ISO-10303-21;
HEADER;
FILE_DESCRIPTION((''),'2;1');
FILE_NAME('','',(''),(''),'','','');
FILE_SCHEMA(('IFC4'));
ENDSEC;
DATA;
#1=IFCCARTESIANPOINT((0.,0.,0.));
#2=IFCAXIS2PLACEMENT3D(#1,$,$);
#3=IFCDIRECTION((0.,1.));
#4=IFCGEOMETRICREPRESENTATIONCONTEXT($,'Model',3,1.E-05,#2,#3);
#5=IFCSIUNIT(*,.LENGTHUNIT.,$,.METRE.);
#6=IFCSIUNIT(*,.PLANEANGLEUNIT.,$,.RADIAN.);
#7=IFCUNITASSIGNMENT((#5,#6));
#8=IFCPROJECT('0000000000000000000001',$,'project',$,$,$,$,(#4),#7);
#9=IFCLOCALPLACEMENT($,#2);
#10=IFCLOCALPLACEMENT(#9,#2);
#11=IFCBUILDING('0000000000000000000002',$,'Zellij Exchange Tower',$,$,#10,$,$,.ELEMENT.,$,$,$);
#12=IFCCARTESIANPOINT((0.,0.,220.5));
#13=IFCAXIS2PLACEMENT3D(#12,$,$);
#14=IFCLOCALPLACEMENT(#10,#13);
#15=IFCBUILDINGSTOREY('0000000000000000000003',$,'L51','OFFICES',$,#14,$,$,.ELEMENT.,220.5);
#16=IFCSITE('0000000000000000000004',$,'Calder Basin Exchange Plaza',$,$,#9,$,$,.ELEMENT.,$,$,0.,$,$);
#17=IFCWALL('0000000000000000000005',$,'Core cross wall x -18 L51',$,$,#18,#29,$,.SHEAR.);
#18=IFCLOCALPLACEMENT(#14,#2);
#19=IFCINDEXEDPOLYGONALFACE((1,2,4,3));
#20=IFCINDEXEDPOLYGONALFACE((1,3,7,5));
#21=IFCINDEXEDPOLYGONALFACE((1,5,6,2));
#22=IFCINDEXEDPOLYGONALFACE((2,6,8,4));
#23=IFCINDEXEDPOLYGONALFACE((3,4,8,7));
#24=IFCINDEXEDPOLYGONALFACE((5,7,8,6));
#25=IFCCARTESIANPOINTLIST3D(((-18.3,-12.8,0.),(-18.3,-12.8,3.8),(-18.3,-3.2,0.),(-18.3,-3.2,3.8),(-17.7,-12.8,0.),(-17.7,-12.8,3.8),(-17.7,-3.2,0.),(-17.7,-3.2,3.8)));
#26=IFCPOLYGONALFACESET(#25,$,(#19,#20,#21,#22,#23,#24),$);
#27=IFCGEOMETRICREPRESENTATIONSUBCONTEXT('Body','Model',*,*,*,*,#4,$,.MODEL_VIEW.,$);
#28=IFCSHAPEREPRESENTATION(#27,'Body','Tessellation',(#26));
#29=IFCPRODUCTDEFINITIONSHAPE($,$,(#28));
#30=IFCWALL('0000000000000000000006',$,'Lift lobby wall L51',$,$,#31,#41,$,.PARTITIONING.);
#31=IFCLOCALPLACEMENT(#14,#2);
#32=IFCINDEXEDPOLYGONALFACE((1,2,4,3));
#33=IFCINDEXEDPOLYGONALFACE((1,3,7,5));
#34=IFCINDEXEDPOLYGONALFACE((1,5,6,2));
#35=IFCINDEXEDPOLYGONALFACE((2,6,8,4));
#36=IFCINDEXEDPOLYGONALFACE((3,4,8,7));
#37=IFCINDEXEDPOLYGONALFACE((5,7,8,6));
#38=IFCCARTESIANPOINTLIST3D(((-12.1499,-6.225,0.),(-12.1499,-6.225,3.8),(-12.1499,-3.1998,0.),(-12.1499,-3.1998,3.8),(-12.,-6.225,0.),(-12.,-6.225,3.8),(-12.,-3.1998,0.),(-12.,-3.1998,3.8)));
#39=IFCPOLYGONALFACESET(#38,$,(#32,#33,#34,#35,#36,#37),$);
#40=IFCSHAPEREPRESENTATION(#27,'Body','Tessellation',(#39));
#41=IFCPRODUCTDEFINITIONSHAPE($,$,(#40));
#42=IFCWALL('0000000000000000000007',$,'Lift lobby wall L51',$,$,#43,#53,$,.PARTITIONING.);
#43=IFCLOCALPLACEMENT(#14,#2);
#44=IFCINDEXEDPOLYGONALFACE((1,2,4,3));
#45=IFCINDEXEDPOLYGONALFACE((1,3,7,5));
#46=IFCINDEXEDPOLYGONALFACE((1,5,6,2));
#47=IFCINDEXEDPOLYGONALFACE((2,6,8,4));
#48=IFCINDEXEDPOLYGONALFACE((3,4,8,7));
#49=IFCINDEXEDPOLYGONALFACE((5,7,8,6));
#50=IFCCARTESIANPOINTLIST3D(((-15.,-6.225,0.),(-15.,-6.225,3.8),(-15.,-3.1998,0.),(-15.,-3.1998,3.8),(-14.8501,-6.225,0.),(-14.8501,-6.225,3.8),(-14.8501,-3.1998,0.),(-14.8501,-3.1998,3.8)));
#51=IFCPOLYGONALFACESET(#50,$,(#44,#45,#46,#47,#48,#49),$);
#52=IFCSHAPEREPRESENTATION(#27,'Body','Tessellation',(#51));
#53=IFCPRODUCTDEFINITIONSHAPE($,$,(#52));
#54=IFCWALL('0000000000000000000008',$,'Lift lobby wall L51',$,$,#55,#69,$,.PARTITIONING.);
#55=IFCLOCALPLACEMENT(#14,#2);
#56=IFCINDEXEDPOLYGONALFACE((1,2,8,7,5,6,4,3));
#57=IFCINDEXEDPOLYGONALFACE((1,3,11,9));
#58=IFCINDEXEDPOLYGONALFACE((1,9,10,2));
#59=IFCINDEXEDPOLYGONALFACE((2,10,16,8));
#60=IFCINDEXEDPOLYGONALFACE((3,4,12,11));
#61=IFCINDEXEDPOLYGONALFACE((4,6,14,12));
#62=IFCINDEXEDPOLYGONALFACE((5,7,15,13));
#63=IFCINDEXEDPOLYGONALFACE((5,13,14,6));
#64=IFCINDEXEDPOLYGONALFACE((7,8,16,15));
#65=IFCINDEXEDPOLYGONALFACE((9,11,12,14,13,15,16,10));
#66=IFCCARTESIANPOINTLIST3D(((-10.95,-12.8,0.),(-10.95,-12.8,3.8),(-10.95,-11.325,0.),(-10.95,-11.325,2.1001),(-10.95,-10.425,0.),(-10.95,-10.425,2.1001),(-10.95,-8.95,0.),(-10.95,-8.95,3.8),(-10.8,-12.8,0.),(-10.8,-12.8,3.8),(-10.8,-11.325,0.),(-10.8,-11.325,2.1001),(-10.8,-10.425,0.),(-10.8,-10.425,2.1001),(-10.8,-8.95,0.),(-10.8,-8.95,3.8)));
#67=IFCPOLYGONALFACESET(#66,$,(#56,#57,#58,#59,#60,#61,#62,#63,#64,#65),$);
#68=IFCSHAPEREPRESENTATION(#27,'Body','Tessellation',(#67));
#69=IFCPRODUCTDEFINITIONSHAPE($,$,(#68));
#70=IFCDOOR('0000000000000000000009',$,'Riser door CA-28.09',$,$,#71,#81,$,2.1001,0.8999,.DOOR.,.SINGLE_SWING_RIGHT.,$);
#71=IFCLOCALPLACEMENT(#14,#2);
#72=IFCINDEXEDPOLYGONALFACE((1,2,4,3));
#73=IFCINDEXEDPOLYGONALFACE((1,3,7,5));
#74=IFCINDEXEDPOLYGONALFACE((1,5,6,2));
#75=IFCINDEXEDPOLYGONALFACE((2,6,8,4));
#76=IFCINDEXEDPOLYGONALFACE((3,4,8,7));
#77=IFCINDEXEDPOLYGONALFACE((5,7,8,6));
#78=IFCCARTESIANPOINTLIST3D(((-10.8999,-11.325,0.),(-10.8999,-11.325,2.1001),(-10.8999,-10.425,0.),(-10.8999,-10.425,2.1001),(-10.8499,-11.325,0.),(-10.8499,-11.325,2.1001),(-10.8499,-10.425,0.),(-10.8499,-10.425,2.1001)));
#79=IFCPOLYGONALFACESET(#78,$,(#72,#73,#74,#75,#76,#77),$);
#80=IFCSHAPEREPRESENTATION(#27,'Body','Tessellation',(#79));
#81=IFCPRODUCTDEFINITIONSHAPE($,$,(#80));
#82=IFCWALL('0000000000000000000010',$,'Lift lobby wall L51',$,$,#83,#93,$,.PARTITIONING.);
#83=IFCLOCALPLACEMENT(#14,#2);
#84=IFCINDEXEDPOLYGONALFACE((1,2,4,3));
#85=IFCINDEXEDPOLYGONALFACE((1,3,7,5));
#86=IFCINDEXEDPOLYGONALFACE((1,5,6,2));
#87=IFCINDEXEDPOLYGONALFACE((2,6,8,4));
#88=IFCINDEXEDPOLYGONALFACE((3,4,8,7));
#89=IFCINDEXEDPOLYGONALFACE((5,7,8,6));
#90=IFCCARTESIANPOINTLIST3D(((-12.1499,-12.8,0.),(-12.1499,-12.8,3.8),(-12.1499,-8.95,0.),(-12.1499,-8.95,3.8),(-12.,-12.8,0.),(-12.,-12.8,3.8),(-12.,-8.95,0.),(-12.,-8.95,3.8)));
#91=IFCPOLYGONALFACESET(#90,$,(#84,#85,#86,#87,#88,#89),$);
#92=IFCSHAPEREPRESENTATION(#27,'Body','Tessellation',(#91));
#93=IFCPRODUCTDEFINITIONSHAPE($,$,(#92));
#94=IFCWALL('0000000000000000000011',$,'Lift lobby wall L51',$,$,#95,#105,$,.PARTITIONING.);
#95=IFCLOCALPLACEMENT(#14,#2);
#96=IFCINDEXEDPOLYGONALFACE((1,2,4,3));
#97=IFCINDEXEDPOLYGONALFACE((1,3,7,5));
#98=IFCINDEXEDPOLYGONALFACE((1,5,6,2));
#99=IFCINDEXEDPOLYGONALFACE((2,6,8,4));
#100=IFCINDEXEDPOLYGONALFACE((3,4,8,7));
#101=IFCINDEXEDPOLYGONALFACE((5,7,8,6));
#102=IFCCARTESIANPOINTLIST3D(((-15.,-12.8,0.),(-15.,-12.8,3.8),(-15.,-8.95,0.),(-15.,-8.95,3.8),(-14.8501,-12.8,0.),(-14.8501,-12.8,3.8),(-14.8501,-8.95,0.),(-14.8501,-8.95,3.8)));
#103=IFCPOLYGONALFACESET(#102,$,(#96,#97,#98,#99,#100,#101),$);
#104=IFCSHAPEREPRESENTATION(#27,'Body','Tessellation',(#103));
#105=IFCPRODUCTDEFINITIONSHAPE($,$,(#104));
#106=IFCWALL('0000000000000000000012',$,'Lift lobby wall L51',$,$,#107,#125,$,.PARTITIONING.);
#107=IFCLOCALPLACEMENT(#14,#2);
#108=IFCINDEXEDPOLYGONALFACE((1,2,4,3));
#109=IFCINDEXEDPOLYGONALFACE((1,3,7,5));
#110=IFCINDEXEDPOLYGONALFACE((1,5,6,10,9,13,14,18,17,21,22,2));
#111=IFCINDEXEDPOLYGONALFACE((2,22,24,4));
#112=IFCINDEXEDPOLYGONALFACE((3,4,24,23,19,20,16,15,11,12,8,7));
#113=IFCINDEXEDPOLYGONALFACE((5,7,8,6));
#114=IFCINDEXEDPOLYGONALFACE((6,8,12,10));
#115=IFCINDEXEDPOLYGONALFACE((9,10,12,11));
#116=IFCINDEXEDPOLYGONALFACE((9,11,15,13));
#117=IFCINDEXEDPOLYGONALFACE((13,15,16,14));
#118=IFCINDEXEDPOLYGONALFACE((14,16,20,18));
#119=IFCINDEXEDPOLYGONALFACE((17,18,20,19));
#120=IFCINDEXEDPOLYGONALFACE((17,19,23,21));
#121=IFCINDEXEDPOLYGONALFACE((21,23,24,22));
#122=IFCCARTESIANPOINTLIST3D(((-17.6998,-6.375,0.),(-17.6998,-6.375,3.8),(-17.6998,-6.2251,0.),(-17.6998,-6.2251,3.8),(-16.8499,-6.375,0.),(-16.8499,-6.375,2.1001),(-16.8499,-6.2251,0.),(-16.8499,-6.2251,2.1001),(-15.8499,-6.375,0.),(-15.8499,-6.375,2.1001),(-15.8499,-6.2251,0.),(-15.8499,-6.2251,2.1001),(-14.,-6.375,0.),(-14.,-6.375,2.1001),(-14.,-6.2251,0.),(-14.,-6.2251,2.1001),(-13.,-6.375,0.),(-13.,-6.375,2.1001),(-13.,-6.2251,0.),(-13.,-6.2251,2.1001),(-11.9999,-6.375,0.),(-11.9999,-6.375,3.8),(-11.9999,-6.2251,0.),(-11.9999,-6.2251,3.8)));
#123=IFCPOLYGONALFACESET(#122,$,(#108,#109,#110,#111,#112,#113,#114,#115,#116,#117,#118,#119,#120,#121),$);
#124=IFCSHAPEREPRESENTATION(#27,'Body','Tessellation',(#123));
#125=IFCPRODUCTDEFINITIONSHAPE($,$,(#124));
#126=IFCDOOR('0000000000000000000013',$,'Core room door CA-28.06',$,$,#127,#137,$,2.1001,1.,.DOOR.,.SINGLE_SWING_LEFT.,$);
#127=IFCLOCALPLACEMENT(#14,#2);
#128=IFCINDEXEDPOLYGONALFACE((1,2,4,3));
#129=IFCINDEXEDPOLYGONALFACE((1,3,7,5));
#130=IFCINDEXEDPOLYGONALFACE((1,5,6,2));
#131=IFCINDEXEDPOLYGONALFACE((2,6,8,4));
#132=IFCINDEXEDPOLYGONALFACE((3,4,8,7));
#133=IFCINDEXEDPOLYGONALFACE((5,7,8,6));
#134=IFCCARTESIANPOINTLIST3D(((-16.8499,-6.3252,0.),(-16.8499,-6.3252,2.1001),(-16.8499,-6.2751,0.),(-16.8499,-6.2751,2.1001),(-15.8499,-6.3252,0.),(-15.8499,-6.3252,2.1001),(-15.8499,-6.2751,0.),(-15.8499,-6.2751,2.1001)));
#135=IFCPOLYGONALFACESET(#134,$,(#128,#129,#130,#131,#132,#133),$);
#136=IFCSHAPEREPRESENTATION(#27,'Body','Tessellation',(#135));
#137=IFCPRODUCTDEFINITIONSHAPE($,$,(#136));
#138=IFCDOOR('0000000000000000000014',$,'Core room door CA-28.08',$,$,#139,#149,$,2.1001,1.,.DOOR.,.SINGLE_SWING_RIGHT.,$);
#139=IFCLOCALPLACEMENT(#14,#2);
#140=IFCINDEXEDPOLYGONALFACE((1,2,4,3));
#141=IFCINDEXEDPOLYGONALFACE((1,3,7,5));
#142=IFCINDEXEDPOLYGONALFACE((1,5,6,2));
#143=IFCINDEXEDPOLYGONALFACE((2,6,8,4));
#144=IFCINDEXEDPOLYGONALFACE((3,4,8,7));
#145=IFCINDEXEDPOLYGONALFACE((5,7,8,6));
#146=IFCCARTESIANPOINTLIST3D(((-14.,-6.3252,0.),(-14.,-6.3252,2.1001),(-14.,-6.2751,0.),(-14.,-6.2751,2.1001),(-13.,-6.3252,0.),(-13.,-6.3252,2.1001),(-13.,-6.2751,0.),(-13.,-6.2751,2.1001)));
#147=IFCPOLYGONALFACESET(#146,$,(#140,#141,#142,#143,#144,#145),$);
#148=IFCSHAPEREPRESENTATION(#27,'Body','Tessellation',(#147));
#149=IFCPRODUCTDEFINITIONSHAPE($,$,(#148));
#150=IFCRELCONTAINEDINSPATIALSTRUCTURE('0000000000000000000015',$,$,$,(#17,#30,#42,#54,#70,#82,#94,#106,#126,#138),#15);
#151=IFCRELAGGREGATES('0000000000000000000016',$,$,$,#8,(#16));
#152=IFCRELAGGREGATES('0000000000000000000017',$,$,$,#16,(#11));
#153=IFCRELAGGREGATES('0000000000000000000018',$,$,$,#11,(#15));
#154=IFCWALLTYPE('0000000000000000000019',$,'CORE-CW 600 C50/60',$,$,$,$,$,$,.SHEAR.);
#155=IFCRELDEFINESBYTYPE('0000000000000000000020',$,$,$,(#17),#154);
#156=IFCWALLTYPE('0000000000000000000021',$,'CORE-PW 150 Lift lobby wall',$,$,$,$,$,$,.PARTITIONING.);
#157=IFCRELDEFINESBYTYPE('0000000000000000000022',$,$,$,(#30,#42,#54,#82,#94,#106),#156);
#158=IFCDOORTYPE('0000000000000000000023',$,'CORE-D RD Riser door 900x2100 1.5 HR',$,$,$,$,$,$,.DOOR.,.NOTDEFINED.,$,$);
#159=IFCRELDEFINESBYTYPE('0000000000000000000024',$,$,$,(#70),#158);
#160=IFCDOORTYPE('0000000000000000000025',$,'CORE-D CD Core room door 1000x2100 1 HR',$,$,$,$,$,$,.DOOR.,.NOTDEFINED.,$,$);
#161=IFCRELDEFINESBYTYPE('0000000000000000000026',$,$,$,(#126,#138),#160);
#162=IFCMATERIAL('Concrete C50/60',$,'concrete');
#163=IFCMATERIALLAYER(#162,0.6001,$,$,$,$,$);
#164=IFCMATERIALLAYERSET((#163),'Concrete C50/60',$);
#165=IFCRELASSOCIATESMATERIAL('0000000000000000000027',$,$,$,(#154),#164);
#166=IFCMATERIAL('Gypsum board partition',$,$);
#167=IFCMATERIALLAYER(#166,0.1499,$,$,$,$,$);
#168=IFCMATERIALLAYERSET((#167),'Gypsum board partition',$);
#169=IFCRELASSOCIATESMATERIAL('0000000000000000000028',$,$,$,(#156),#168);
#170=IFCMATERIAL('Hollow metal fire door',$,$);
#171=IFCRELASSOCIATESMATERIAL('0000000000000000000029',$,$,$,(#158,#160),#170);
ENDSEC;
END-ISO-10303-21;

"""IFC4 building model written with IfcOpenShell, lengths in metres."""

from ifc_helpers import new_model, si_unit, direction, frame, frame_2d, origin, place, context, subcontext, project, spatial, rectangle, extrude, material, layer, layer_set, type_object, element, fill, save


model = new_model("IFC4")

# Units and contexts
model_context = context("Model", 3, precision=1e-05, world=origin(), true_north=direction((0.0, 1.0)))
body_context = subcontext(model_context, "Body", "Model", "MODEL_VIEW")
ifc_project = project(units=[si_unit("LENGTHUNIT", "METRE"), si_unit("PLANEANGLEUNIT", "RADIAN")], contexts=[model_context])

# Site, building, storey
site_placement = place(None, origin())
site = spatial("IfcSite", under=ifc_project, at=site_placement, Name="Calder Basin Exchange Plaza", CompositionType="ELEMENT", RefElevation=0.0)
building_placement = place(site_placement, origin())
building = spatial("IfcBuilding", under=site, at=building_placement, Name="Zellij Exchange Tower", CompositionType="ELEMENT")
storey_placement = place(building_placement, frame((0.0, 0.0, 220.5)))
storey = spatial("IfcBuildingStorey", under=building, at=storey_placement, Name="L51", Description="OFFICES", CompositionType="ELEMENT", Elevation=220.5)

# Walls
ifc_material_1 = material(Name="Concrete C50/60", Category="concrete")
ifc_layer_1 = layer(ifc_material_1, 0.6001)
ifc_layer_set_1 = layer_set([ifc_layer_1], Name="Concrete C50/60")
wall_type_1 = type_object("IfcWallType", Name="CORE-CW 600 C50/60", PredefinedType="SHEAR", material=ifc_layer_set_1)
wall_1_placement = place(storey_placement, frame((-18.0, -12.8, 0.0), z_axis=(0.0, 0.0, 1.0), x_axis=(0.0, 1.0, 0.0)))
element("IfcWall", 1, at=wall_1_placement, inside=storey, type_object=wall_type_1, Name="Core cross wall x -18 L51", PredefinedType="SHEAR", context=body_context, shape_type="SweptSolid", body=[
    extrude(rectangle(XDim=9.6001, YDim=0.6001, at=frame_2d((4.8, 0.0))), origin(), (0.0, 0.0, 1.0), 3.8),
])
ifc_material_2 = material(Name="Gypsum board partition")
ifc_layer_2 = layer(ifc_material_2, 0.1499)
ifc_layer_set_2 = layer_set([ifc_layer_2], Name="Gypsum board partition")
wall_type_2 = type_object("IfcWallType", Name="CORE-PW 150 Lift lobby wall", PredefinedType="PARTITIONING", material=ifc_layer_set_2)
for number, where, z_axis, x_axis, name in (
    (2, (-12.075, -6.2251, 0.0), (0.0, 0.0, 1.0), (0.0, 1.0, 0.0), "Lift lobby wall L51"),
    (3, (-14.925, -6.2251, 0.0), (0.0, 0.0, 1.0), (0.0, 1.0, 0.0), "Lift lobby wall L51"),
):
    element("IfcWall", number, at=place(storey_placement, frame(where, z_axis=z_axis, x_axis=x_axis)), inside=storey, type_object=wall_type_2, Name=name, PredefinedType="PARTITIONING", context=body_context, shape_type="SweptSolid", body=[
        extrude(rectangle(XDim=3.0251, YDim=0.1499, at=frame_2d((1.5127, 0.0))), origin(), (0.0, 0.0, 1.0), 3.8),
    ])

# Wall, opening, door
wall_2_placement = place(storey_placement, frame((-10.875, -12.8, 0.0), z_axis=(0.0, 0.0, 1.0), x_axis=(0.0, 1.0, 0.0)))
wall_2 = element("IfcWall", 4, at=wall_2_placement, inside=storey, type_object=wall_type_2, Name="Lift lobby wall L51", PredefinedType="PARTITIONING", context=body_context, shape_type="SweptSolid", body=[
    extrude(rectangle(XDim=3.8501, YDim=0.1499, at=frame_2d((1.925, 0.0))), origin(), (0.0, 0.0, 1.0), 3.8),
])
opening_1_placement = place(wall_2_placement, frame((1.4751, 0.0, 0.0)))
opening_1 = element("IfcOpeningElement", 5, at=opening_1_placement, cuts=wall_2, PredefinedType="OPENING", context=body_context, shape_type="SweptSolid", body=[
    extrude(rectangle(XDim=0.8999, YDim=2.1001, at=frame_2d((0.45, 1.05))), frame((0.0, 0.0869, 0.0), z_axis=(0.0, -1.0, 0.0), x_axis=(1.0, 0.0, 0.0)), (0.0, 0.0, 1.0), 0.1738),
])
ifc_material_3 = material(Name="Hollow metal fire door")
door_type_1 = type_object("IfcDoorType", Name="CORE-D RD Riser door 900x2100 1.5 HR", OperationType="NOTDEFINED", PredefinedType="DOOR", material=ifc_material_3)
door_1_placement = place(opening_1_placement, origin())
door_1 = element("IfcDoor", 6, at=door_1_placement, inside=storey, type_object=door_type_1, Name="Riser door CA-28.09", OperationType="SINGLE_SWING_RIGHT", OverallHeight=2.1001, OverallWidth=0.8999, PredefinedType="DOOR", context=body_context, shape_type="SweptSolid", body=[
    extrude(rectangle(XDim=0.8999, YDim=2.1001, at=frame_2d((0.45, 1.05))), frame((0.0, 0.0249, 0.0), z_axis=(0.0, -1.0, 0.0), x_axis=(1.0, 0.0, 0.0)), (0.0, 0.0, 1.0), 0.05),
])
fill(opening_1, door_1)

# Walls
for number, where, z_axis, x_axis, name in (
    (7, (-12.075, -12.8, 0.0), (0.0, 0.0, 1.0), (0.0, 1.0, 0.0), "Lift lobby wall L51"),
    (8, (-14.925, -12.8, 0.0), (0.0, 0.0, 1.0), (0.0, 1.0, 0.0), "Lift lobby wall L51"),
):
    element("IfcWall", number, at=place(storey_placement, frame(where, z_axis=z_axis, x_axis=x_axis)), inside=storey, type_object=wall_type_2, Name=name, PredefinedType="PARTITIONING", context=body_context, shape_type="SweptSolid", body=[
        extrude(rectangle(XDim=3.8501, YDim=0.1499, at=frame_2d((1.925, 0.0))), origin(), (0.0, 0.0, 1.0), 3.8),
    ])

# Wall, openings, doors
wall_3_placement = place(storey_placement, frame((-17.7, -6.3, 0.0), z_axis=(0.0, 0.0, 1.0), x_axis=(1.0, 0.0, 0.0)))
wall_3 = element("IfcWall", 9, at=wall_3_placement, inside=storey, type_object=wall_type_2, Name="Lift lobby wall L51", PredefinedType="PARTITIONING", context=body_context, shape_type="SweptSolid", body=[
    extrude(rectangle(XDim=5.7, YDim=0.1499, at=frame_2d((2.8501, 0.0))), origin(), (0.0, 0.0, 1.0), 3.8),
])
opening_2_placement = place(wall_3_placement, frame((0.8501, 0.0, 0.0)))
opening_2 = element("IfcOpeningElement", 10, at=opening_2_placement, cuts=wall_3, PredefinedType="OPENING", context=body_context, shape_type="SweptSolid", body=[
    extrude(rectangle(XDim=1.0, YDim=2.1001, at=frame_2d((0.5, 1.05))), frame((0.0, 0.0869, 0.0), z_axis=(0.0, -1.0, 0.0), x_axis=(1.0, 0.0, 0.0)), (0.0, 0.0, 1.0), 0.1738),
])
opening_3_placement = place(wall_3_placement, frame((3.7, 0.0, 0.0)))
opening_3 = element("IfcOpeningElement", 11, at=opening_3_placement, cuts=wall_3, PredefinedType="OPENING", context=body_context, shape_type="SweptSolid", body=[
    extrude(rectangle(XDim=1.0, YDim=2.1001, at=frame_2d((0.5, 1.05))), frame((0.0, 0.0869, 0.0), z_axis=(0.0, -1.0, 0.0), x_axis=(1.0, 0.0, 0.0)), (0.0, 0.0, 1.0), 0.1738),
])
door_type_2 = type_object("IfcDoorType", Name="CORE-D CD Core room door 1000x2100 1 HR", OperationType="NOTDEFINED", PredefinedType="DOOR", material=ifc_material_3)
door_2_placement = place(opening_2_placement, origin())
door_2 = element("IfcDoor", 12, at=door_2_placement, inside=storey, type_object=door_type_2, Name="Core room door CA-28.06", OperationType="SINGLE_SWING_LEFT", OverallHeight=2.1001, OverallWidth=1.0, PredefinedType="DOOR", context=body_context, shape_type="SweptSolid", body=[
    extrude(rectangle(XDim=1.0, YDim=2.1001, at=frame_2d((0.5, 1.05))), frame((0.0, 0.0249, 0.0), z_axis=(0.0, -1.0, 0.0), x_axis=(1.0, 0.0, 0.0)), (0.0, 0.0, 1.0), 0.05),
])
fill(opening_2, door_2)
door_3_placement = place(opening_3_placement, origin())
door_3 = element("IfcDoor", 13, at=door_3_placement, inside=storey, type_object=door_type_2, Name="Core room door CA-28.08", OperationType="SINGLE_SWING_RIGHT", OverallHeight=2.1001, OverallWidth=1.0, PredefinedType="DOOR", context=body_context, shape_type="SweptSolid", body=[
    extrude(rectangle(XDim=1.0, YDim=2.1001, at=frame_2d((0.5, 1.05))), frame((0.0, 0.0249, 0.0), z_axis=(0.0, -1.0, 0.0), x_axis=(1.0, 0.0, 0.0)), (0.0, 0.0, 1.0), 0.05),
])
fill(opening_3, door_3)

save(model, "model.ifc")
